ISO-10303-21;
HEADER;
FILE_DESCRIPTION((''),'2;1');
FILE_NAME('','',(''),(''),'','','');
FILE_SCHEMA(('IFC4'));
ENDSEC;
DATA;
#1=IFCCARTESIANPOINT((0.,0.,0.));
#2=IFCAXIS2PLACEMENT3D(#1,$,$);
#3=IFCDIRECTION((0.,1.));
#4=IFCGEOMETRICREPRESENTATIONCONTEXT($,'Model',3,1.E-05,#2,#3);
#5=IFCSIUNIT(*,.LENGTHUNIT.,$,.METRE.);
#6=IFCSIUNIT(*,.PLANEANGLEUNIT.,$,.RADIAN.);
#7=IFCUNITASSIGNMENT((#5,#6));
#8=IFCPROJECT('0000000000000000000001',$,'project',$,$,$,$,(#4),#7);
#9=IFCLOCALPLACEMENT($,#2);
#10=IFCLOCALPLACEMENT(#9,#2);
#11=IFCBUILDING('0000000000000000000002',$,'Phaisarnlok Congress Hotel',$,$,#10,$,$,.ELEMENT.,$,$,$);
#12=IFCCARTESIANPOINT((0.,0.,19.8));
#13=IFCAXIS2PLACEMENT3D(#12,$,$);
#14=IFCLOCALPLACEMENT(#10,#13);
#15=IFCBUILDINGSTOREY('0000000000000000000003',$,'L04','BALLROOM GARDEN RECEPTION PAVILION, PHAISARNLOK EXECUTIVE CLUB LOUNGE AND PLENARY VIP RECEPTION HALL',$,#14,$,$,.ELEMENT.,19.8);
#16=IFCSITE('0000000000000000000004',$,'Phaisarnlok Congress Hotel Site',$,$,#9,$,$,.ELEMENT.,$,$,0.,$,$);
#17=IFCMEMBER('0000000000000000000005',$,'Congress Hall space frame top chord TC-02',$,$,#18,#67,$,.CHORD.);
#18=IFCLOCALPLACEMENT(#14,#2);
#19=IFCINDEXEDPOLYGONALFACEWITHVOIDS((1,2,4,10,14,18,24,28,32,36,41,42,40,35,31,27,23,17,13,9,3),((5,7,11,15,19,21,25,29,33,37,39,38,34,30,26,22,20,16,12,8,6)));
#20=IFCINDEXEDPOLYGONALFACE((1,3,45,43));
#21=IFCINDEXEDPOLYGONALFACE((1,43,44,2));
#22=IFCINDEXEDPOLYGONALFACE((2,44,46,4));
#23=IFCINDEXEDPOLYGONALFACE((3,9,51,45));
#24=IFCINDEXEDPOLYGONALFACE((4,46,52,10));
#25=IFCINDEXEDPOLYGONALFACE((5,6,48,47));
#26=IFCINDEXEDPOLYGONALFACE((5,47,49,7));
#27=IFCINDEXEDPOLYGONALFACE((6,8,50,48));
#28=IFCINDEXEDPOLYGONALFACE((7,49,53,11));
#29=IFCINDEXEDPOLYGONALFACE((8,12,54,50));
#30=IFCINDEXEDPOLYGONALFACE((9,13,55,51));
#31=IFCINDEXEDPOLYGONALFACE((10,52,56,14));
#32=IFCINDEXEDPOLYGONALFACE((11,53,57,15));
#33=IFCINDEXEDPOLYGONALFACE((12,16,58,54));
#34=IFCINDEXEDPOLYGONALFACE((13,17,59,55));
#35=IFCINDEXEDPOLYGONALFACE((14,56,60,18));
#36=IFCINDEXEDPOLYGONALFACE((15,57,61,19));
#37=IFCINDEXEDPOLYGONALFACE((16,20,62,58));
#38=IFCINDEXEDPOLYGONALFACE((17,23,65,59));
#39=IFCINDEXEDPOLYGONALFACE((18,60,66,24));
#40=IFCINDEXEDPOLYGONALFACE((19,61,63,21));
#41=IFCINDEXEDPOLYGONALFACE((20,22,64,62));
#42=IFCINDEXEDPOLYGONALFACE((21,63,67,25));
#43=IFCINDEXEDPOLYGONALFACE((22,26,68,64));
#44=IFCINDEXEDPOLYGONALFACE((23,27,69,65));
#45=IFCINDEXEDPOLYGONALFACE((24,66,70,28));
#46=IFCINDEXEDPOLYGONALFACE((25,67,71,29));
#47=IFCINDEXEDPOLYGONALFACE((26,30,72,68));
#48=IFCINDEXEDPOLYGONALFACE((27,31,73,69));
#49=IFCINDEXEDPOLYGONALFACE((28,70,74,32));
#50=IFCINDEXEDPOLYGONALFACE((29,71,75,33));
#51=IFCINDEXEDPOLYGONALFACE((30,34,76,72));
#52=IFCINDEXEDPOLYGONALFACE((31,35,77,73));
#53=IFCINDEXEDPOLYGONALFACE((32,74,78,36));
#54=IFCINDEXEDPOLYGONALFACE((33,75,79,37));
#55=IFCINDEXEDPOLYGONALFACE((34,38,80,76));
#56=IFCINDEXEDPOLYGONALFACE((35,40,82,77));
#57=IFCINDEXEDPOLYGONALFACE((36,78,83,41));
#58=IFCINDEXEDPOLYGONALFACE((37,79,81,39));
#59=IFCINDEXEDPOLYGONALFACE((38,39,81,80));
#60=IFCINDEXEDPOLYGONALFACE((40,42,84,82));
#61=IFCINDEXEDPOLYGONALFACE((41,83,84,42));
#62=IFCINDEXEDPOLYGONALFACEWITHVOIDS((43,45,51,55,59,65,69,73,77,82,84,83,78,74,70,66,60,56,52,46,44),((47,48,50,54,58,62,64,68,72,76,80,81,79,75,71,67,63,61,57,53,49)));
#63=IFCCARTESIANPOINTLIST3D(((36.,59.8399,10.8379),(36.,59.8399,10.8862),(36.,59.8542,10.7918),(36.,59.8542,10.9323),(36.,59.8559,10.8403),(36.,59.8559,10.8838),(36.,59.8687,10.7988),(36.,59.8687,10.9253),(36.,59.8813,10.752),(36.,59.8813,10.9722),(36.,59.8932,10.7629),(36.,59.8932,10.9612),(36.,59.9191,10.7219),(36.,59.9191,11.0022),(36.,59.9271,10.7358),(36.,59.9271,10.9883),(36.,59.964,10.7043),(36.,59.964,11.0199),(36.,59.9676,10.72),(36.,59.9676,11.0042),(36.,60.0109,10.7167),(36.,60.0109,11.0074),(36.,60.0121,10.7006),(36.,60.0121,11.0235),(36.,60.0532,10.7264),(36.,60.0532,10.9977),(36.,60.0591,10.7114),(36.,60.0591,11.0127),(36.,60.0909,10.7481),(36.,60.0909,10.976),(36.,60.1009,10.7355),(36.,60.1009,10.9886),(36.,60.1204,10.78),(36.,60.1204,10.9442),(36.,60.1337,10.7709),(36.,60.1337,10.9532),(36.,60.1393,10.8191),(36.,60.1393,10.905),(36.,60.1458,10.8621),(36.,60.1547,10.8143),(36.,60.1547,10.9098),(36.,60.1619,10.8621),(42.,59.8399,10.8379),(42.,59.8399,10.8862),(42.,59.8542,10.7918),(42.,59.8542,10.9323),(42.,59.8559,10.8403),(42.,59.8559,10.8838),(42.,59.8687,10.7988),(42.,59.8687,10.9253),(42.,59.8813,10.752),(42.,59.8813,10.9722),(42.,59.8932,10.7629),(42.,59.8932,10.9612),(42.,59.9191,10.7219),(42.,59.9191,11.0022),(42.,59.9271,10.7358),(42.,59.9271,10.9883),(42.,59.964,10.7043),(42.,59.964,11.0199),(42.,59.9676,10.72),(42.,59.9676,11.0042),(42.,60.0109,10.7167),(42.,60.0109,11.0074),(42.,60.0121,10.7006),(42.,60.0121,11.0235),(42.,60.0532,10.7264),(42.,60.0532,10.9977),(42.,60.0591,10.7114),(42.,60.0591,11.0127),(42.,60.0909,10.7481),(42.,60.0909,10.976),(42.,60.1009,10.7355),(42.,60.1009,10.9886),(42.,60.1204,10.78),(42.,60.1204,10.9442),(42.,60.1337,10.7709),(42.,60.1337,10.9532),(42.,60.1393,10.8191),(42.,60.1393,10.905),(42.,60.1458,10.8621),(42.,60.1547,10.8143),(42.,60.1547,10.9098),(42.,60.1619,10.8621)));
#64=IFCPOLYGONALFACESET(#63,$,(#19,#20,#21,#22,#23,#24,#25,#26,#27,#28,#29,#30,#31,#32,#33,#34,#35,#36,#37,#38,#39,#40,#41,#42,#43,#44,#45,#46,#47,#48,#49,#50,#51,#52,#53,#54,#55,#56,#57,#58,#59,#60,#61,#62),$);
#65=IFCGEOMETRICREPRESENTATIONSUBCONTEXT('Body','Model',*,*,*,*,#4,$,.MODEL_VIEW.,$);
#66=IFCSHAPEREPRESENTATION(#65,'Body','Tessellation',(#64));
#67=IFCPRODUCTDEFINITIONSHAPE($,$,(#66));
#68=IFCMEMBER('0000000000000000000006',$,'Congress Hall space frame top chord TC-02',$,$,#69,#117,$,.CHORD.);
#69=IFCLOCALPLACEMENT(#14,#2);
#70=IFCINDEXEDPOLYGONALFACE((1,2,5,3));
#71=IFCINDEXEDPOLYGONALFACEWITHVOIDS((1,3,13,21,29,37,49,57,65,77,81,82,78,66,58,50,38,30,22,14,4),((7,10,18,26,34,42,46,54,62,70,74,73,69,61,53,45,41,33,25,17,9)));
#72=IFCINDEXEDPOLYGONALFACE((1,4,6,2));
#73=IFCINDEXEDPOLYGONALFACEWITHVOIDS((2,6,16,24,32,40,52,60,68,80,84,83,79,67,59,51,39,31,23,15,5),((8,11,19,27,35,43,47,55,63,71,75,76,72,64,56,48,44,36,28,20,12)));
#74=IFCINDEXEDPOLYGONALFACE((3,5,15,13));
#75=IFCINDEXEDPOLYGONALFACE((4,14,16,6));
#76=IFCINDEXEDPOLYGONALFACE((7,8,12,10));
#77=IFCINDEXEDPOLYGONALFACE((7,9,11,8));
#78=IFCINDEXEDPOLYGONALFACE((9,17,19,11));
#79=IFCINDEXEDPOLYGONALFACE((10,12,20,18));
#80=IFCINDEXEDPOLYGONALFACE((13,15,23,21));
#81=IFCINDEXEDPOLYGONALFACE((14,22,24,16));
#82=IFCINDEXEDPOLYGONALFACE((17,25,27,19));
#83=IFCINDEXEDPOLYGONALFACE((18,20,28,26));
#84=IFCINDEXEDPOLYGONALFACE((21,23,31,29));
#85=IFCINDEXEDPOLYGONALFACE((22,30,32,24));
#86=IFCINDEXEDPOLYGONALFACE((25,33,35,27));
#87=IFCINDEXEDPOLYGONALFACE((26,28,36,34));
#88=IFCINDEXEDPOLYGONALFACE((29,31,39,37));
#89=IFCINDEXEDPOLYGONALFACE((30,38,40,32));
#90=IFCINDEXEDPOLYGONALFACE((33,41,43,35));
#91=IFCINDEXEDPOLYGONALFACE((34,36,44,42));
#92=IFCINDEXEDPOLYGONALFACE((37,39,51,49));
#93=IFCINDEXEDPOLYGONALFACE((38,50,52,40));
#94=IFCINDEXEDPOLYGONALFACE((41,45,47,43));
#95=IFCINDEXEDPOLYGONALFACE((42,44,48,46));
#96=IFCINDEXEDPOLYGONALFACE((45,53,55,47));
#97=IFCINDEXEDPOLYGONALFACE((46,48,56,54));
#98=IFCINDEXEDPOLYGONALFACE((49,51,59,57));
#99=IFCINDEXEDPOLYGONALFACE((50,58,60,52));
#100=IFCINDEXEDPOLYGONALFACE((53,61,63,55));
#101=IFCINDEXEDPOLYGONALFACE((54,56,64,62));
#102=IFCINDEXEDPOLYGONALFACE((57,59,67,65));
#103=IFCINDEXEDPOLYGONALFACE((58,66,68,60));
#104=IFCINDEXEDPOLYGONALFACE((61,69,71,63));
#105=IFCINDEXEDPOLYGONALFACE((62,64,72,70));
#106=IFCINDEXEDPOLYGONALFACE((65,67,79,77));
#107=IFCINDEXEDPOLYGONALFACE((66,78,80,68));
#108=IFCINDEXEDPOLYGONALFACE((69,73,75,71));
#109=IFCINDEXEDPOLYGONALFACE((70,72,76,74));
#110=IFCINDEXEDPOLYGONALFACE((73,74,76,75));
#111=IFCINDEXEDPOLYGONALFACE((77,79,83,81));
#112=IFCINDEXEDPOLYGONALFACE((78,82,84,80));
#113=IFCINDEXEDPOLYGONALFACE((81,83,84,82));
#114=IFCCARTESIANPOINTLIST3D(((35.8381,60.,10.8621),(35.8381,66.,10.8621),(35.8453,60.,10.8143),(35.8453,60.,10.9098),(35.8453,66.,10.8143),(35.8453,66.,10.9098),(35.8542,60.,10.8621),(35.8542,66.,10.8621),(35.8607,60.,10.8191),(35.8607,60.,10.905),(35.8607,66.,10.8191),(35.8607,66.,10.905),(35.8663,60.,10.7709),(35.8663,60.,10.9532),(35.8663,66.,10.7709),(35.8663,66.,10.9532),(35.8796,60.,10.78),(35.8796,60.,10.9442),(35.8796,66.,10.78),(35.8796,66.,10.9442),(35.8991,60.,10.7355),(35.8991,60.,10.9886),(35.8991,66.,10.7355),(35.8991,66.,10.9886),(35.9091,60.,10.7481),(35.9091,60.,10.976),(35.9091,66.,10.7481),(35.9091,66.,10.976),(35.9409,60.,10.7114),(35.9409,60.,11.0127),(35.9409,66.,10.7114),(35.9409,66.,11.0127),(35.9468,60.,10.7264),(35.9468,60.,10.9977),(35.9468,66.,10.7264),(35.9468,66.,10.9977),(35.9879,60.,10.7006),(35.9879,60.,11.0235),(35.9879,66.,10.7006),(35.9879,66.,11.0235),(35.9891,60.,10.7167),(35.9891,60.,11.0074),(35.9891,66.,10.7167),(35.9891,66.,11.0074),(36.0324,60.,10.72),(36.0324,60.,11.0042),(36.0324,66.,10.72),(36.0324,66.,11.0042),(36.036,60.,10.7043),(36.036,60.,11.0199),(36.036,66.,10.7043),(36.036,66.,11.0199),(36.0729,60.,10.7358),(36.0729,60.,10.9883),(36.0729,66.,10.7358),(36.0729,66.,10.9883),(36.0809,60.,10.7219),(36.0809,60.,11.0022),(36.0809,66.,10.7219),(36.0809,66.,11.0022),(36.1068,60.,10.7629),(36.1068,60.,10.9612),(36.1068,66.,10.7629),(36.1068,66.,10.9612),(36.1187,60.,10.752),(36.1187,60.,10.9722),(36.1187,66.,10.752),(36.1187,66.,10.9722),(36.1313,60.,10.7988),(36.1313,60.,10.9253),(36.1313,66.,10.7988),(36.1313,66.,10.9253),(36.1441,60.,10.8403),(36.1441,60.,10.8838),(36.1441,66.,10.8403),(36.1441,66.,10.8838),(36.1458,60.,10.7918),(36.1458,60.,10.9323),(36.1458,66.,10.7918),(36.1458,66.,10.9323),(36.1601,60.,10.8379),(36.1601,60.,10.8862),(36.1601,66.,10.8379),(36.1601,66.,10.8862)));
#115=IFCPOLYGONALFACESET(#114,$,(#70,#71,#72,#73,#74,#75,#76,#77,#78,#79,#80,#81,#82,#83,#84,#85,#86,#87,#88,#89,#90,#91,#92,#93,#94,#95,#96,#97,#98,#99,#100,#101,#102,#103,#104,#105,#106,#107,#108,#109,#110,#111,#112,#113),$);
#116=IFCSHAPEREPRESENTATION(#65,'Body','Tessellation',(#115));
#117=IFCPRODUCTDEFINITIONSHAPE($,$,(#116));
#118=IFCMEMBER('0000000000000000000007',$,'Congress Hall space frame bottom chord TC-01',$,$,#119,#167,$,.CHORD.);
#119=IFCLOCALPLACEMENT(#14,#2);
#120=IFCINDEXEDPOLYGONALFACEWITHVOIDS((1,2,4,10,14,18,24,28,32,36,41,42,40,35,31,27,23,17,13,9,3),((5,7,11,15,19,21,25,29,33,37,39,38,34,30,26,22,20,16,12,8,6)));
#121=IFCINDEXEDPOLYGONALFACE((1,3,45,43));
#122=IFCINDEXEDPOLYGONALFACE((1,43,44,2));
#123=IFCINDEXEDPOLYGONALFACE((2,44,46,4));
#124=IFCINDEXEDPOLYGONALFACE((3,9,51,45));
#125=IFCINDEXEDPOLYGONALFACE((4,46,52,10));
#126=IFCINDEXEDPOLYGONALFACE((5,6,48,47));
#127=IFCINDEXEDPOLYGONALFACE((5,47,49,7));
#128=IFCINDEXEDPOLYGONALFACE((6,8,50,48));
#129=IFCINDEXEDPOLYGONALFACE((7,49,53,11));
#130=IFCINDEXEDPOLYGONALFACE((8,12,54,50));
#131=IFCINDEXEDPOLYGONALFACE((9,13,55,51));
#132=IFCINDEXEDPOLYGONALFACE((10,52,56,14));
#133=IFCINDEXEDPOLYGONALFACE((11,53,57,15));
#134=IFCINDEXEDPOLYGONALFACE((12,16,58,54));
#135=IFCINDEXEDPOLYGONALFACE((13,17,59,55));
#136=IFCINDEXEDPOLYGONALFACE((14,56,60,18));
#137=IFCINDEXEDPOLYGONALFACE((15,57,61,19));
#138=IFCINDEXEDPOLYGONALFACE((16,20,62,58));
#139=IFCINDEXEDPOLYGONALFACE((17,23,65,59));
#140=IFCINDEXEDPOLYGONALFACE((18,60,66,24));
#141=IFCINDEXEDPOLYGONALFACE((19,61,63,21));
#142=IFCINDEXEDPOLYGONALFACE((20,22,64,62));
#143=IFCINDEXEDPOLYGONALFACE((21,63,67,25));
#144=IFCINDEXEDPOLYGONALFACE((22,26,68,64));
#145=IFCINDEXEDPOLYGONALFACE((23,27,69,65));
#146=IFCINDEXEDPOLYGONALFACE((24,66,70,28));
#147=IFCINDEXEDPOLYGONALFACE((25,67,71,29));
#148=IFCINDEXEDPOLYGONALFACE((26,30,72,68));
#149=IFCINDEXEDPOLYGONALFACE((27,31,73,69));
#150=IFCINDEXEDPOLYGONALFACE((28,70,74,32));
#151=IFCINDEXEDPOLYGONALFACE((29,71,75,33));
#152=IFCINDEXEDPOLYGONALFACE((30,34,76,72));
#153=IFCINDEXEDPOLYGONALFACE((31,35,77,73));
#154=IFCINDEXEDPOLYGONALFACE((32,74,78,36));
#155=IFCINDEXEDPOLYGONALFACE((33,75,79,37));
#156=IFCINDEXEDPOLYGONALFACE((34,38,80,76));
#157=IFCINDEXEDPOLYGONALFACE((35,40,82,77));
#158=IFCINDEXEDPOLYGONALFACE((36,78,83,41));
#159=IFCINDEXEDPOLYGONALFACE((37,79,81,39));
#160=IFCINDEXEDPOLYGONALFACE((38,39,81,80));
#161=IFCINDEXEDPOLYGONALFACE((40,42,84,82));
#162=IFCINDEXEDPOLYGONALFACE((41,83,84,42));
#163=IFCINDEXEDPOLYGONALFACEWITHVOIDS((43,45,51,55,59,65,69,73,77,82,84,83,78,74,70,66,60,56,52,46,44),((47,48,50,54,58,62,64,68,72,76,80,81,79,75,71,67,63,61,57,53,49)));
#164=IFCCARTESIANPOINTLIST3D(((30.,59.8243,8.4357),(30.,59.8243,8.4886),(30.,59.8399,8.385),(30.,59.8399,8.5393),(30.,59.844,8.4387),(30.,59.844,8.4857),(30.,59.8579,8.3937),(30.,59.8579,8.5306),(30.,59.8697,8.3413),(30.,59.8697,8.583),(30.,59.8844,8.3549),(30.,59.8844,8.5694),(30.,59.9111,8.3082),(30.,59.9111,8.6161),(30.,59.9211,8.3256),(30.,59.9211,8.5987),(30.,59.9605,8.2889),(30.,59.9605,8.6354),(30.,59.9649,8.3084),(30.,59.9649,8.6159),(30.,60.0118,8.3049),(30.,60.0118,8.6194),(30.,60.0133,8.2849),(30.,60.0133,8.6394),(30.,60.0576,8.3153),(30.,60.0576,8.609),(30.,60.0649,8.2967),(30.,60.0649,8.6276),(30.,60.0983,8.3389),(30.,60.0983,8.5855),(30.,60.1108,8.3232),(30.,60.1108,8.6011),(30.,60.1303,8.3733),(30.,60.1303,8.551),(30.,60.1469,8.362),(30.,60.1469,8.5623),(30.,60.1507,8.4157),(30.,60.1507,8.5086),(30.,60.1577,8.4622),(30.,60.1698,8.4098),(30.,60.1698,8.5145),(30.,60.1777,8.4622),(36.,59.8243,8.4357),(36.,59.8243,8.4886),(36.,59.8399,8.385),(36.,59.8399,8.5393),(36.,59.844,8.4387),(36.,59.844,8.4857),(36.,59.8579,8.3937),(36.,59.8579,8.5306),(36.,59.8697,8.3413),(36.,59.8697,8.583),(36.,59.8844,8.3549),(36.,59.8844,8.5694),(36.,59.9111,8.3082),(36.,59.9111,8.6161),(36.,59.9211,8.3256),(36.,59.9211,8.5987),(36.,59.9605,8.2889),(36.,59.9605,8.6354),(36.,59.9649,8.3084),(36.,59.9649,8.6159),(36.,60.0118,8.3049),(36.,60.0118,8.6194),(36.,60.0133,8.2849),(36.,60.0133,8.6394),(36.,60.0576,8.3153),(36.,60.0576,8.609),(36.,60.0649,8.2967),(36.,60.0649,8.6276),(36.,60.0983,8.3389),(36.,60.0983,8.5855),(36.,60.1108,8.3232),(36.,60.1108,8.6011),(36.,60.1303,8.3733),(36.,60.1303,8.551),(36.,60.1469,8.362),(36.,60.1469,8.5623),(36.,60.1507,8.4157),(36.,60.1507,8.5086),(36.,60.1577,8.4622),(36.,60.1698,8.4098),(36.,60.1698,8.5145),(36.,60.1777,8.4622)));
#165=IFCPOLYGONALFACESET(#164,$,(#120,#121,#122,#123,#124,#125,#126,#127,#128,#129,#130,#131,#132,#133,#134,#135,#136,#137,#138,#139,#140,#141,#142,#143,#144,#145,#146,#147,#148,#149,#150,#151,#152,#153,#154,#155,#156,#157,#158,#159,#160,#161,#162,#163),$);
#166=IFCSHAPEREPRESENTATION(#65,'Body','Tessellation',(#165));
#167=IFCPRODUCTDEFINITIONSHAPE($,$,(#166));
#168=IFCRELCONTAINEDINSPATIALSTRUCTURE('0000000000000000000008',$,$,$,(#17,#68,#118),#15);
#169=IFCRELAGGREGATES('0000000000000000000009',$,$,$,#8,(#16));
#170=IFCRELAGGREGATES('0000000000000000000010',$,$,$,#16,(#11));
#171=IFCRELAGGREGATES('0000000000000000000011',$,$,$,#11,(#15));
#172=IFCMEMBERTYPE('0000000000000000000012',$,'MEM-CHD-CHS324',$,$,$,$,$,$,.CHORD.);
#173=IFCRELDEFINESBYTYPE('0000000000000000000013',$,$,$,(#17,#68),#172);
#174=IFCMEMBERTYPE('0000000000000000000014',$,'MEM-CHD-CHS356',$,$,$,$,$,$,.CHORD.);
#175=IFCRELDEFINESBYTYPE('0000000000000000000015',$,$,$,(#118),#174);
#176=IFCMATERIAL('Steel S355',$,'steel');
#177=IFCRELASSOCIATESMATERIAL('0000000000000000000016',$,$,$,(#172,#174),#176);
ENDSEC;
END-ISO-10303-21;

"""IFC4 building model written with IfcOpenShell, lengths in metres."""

from ifc_helpers import new_model, si_unit, direction, frame, origin, origin_2d, place, context, subcontext, project, spatial, hollow_circle, extrude, material, material_profile, profile_set, type_object, element, save


model = new_model("IFC4")

# Units and contexts
model_context = context("Model", 3, precision=1e-05, world=origin(), true_north=direction((0.0, 1.0)))
body_context = subcontext(model_context, "Body", "Model", "MODEL_VIEW")
ifc_project = project(units=[si_unit("LENGTHUNIT", "METRE"), si_unit("PLANEANGLEUNIT", "RADIAN")], contexts=[model_context])

# Site, building, storey
site_placement = place(None, origin())
site = spatial("IfcSite", under=ifc_project, at=site_placement, Name="Phaisarnlok Congress Hotel Site", CompositionType="ELEMENT", RefElevation=0.0)
building_placement = place(site_placement, origin())
building = spatial("IfcBuilding", under=site, at=building_placement, Name="Phaisarnlok Congress Hotel", CompositionType="ELEMENT")
storey_placement = place(building_placement, frame((0.0, 0.0, 19.8)))
storey = spatial("IfcBuildingStorey", under=building, at=storey_placement, Name="L04", Description="BALLROOM GARDEN RECEPTION PAVILION, PHAISARNLOK EXECUTIVE CLUB LOUNGE AND PLENARY VIP RECEPTION HALL", CompositionType="ELEMENT", Elevation=19.8)

# Members
ifc_material = material(Name="Steel S355", Category="steel")
ifc_material_profile_1 = material_profile(ifc_material, hollow_circle(Radius=0.1619, WallThickness=0.0161, at=origin_2d()), Name="CHS 323.9x16")
ifc_profile_set_1 = profile_set([ifc_material_profile_1], Name="Steel S355")
member_type_1 = type_object("IfcMemberType", Name="MEM-CHD-CHS324", PredefinedType="CHORD", material=ifc_profile_set_1)
for number, where, z_axis, x_axis, name in (
    (1, (36.0, 60.0, 10.8621), (1.0, 0.0, 0.0), (0.0, 1.0, 0.0), "Congress Hall space frame top chord TC-02"),
    (2, (36.0, 60.0, 10.8621), (0.0, 1.0, 0.0), (-1.0, 0.0, 0.0), "Congress Hall space frame top chord TC-02"),
):
    element("IfcMember", number, at=place(storey_placement, frame(where, z_axis=z_axis, x_axis=x_axis)), inside=storey, type_object=member_type_1, Name=name, PredefinedType="CHORD", context=body_context, shape_type="SweptSolid", body=[
        extrude(hollow_circle(Radius=0.1619, WallThickness=0.0161, at=origin_2d()), origin(), (0.0, 0.0, 1.0), 6.0),
    ])
ifc_material_profile_2 = material_profile(ifc_material, hollow_circle(Radius=0.1777, WallThickness=0.02, at=origin_2d()), Name="CHS 355.6x20")
ifc_profile_set_2 = profile_set([ifc_material_profile_2], Name="Steel S355")
member_type_2 = type_object("IfcMemberType", Name="MEM-CHD-CHS356", PredefinedType="CHORD", material=ifc_profile_set_2)
for number, where, z_axis, x_axis, name in (
    (3, (30.0, 60.0, 8.4622), (1.0, 0.0, 0.0), (0.0, 1.0, 0.0), "Congress Hall space frame bottom chord TC-01"),
):
    element("IfcMember", number, at=place(storey_placement, frame(where, z_axis=z_axis, x_axis=x_axis)), inside=storey, type_object=member_type_2, Name=name, PredefinedType="CHORD", context=body_context, shape_type="SweptSolid", body=[
        extrude(hollow_circle(Radius=0.1777, WallThickness=0.02, at=origin_2d()), origin(), (0.0, 0.0, 1.0), 6.0),
    ])

save(model, "model.ifc")
